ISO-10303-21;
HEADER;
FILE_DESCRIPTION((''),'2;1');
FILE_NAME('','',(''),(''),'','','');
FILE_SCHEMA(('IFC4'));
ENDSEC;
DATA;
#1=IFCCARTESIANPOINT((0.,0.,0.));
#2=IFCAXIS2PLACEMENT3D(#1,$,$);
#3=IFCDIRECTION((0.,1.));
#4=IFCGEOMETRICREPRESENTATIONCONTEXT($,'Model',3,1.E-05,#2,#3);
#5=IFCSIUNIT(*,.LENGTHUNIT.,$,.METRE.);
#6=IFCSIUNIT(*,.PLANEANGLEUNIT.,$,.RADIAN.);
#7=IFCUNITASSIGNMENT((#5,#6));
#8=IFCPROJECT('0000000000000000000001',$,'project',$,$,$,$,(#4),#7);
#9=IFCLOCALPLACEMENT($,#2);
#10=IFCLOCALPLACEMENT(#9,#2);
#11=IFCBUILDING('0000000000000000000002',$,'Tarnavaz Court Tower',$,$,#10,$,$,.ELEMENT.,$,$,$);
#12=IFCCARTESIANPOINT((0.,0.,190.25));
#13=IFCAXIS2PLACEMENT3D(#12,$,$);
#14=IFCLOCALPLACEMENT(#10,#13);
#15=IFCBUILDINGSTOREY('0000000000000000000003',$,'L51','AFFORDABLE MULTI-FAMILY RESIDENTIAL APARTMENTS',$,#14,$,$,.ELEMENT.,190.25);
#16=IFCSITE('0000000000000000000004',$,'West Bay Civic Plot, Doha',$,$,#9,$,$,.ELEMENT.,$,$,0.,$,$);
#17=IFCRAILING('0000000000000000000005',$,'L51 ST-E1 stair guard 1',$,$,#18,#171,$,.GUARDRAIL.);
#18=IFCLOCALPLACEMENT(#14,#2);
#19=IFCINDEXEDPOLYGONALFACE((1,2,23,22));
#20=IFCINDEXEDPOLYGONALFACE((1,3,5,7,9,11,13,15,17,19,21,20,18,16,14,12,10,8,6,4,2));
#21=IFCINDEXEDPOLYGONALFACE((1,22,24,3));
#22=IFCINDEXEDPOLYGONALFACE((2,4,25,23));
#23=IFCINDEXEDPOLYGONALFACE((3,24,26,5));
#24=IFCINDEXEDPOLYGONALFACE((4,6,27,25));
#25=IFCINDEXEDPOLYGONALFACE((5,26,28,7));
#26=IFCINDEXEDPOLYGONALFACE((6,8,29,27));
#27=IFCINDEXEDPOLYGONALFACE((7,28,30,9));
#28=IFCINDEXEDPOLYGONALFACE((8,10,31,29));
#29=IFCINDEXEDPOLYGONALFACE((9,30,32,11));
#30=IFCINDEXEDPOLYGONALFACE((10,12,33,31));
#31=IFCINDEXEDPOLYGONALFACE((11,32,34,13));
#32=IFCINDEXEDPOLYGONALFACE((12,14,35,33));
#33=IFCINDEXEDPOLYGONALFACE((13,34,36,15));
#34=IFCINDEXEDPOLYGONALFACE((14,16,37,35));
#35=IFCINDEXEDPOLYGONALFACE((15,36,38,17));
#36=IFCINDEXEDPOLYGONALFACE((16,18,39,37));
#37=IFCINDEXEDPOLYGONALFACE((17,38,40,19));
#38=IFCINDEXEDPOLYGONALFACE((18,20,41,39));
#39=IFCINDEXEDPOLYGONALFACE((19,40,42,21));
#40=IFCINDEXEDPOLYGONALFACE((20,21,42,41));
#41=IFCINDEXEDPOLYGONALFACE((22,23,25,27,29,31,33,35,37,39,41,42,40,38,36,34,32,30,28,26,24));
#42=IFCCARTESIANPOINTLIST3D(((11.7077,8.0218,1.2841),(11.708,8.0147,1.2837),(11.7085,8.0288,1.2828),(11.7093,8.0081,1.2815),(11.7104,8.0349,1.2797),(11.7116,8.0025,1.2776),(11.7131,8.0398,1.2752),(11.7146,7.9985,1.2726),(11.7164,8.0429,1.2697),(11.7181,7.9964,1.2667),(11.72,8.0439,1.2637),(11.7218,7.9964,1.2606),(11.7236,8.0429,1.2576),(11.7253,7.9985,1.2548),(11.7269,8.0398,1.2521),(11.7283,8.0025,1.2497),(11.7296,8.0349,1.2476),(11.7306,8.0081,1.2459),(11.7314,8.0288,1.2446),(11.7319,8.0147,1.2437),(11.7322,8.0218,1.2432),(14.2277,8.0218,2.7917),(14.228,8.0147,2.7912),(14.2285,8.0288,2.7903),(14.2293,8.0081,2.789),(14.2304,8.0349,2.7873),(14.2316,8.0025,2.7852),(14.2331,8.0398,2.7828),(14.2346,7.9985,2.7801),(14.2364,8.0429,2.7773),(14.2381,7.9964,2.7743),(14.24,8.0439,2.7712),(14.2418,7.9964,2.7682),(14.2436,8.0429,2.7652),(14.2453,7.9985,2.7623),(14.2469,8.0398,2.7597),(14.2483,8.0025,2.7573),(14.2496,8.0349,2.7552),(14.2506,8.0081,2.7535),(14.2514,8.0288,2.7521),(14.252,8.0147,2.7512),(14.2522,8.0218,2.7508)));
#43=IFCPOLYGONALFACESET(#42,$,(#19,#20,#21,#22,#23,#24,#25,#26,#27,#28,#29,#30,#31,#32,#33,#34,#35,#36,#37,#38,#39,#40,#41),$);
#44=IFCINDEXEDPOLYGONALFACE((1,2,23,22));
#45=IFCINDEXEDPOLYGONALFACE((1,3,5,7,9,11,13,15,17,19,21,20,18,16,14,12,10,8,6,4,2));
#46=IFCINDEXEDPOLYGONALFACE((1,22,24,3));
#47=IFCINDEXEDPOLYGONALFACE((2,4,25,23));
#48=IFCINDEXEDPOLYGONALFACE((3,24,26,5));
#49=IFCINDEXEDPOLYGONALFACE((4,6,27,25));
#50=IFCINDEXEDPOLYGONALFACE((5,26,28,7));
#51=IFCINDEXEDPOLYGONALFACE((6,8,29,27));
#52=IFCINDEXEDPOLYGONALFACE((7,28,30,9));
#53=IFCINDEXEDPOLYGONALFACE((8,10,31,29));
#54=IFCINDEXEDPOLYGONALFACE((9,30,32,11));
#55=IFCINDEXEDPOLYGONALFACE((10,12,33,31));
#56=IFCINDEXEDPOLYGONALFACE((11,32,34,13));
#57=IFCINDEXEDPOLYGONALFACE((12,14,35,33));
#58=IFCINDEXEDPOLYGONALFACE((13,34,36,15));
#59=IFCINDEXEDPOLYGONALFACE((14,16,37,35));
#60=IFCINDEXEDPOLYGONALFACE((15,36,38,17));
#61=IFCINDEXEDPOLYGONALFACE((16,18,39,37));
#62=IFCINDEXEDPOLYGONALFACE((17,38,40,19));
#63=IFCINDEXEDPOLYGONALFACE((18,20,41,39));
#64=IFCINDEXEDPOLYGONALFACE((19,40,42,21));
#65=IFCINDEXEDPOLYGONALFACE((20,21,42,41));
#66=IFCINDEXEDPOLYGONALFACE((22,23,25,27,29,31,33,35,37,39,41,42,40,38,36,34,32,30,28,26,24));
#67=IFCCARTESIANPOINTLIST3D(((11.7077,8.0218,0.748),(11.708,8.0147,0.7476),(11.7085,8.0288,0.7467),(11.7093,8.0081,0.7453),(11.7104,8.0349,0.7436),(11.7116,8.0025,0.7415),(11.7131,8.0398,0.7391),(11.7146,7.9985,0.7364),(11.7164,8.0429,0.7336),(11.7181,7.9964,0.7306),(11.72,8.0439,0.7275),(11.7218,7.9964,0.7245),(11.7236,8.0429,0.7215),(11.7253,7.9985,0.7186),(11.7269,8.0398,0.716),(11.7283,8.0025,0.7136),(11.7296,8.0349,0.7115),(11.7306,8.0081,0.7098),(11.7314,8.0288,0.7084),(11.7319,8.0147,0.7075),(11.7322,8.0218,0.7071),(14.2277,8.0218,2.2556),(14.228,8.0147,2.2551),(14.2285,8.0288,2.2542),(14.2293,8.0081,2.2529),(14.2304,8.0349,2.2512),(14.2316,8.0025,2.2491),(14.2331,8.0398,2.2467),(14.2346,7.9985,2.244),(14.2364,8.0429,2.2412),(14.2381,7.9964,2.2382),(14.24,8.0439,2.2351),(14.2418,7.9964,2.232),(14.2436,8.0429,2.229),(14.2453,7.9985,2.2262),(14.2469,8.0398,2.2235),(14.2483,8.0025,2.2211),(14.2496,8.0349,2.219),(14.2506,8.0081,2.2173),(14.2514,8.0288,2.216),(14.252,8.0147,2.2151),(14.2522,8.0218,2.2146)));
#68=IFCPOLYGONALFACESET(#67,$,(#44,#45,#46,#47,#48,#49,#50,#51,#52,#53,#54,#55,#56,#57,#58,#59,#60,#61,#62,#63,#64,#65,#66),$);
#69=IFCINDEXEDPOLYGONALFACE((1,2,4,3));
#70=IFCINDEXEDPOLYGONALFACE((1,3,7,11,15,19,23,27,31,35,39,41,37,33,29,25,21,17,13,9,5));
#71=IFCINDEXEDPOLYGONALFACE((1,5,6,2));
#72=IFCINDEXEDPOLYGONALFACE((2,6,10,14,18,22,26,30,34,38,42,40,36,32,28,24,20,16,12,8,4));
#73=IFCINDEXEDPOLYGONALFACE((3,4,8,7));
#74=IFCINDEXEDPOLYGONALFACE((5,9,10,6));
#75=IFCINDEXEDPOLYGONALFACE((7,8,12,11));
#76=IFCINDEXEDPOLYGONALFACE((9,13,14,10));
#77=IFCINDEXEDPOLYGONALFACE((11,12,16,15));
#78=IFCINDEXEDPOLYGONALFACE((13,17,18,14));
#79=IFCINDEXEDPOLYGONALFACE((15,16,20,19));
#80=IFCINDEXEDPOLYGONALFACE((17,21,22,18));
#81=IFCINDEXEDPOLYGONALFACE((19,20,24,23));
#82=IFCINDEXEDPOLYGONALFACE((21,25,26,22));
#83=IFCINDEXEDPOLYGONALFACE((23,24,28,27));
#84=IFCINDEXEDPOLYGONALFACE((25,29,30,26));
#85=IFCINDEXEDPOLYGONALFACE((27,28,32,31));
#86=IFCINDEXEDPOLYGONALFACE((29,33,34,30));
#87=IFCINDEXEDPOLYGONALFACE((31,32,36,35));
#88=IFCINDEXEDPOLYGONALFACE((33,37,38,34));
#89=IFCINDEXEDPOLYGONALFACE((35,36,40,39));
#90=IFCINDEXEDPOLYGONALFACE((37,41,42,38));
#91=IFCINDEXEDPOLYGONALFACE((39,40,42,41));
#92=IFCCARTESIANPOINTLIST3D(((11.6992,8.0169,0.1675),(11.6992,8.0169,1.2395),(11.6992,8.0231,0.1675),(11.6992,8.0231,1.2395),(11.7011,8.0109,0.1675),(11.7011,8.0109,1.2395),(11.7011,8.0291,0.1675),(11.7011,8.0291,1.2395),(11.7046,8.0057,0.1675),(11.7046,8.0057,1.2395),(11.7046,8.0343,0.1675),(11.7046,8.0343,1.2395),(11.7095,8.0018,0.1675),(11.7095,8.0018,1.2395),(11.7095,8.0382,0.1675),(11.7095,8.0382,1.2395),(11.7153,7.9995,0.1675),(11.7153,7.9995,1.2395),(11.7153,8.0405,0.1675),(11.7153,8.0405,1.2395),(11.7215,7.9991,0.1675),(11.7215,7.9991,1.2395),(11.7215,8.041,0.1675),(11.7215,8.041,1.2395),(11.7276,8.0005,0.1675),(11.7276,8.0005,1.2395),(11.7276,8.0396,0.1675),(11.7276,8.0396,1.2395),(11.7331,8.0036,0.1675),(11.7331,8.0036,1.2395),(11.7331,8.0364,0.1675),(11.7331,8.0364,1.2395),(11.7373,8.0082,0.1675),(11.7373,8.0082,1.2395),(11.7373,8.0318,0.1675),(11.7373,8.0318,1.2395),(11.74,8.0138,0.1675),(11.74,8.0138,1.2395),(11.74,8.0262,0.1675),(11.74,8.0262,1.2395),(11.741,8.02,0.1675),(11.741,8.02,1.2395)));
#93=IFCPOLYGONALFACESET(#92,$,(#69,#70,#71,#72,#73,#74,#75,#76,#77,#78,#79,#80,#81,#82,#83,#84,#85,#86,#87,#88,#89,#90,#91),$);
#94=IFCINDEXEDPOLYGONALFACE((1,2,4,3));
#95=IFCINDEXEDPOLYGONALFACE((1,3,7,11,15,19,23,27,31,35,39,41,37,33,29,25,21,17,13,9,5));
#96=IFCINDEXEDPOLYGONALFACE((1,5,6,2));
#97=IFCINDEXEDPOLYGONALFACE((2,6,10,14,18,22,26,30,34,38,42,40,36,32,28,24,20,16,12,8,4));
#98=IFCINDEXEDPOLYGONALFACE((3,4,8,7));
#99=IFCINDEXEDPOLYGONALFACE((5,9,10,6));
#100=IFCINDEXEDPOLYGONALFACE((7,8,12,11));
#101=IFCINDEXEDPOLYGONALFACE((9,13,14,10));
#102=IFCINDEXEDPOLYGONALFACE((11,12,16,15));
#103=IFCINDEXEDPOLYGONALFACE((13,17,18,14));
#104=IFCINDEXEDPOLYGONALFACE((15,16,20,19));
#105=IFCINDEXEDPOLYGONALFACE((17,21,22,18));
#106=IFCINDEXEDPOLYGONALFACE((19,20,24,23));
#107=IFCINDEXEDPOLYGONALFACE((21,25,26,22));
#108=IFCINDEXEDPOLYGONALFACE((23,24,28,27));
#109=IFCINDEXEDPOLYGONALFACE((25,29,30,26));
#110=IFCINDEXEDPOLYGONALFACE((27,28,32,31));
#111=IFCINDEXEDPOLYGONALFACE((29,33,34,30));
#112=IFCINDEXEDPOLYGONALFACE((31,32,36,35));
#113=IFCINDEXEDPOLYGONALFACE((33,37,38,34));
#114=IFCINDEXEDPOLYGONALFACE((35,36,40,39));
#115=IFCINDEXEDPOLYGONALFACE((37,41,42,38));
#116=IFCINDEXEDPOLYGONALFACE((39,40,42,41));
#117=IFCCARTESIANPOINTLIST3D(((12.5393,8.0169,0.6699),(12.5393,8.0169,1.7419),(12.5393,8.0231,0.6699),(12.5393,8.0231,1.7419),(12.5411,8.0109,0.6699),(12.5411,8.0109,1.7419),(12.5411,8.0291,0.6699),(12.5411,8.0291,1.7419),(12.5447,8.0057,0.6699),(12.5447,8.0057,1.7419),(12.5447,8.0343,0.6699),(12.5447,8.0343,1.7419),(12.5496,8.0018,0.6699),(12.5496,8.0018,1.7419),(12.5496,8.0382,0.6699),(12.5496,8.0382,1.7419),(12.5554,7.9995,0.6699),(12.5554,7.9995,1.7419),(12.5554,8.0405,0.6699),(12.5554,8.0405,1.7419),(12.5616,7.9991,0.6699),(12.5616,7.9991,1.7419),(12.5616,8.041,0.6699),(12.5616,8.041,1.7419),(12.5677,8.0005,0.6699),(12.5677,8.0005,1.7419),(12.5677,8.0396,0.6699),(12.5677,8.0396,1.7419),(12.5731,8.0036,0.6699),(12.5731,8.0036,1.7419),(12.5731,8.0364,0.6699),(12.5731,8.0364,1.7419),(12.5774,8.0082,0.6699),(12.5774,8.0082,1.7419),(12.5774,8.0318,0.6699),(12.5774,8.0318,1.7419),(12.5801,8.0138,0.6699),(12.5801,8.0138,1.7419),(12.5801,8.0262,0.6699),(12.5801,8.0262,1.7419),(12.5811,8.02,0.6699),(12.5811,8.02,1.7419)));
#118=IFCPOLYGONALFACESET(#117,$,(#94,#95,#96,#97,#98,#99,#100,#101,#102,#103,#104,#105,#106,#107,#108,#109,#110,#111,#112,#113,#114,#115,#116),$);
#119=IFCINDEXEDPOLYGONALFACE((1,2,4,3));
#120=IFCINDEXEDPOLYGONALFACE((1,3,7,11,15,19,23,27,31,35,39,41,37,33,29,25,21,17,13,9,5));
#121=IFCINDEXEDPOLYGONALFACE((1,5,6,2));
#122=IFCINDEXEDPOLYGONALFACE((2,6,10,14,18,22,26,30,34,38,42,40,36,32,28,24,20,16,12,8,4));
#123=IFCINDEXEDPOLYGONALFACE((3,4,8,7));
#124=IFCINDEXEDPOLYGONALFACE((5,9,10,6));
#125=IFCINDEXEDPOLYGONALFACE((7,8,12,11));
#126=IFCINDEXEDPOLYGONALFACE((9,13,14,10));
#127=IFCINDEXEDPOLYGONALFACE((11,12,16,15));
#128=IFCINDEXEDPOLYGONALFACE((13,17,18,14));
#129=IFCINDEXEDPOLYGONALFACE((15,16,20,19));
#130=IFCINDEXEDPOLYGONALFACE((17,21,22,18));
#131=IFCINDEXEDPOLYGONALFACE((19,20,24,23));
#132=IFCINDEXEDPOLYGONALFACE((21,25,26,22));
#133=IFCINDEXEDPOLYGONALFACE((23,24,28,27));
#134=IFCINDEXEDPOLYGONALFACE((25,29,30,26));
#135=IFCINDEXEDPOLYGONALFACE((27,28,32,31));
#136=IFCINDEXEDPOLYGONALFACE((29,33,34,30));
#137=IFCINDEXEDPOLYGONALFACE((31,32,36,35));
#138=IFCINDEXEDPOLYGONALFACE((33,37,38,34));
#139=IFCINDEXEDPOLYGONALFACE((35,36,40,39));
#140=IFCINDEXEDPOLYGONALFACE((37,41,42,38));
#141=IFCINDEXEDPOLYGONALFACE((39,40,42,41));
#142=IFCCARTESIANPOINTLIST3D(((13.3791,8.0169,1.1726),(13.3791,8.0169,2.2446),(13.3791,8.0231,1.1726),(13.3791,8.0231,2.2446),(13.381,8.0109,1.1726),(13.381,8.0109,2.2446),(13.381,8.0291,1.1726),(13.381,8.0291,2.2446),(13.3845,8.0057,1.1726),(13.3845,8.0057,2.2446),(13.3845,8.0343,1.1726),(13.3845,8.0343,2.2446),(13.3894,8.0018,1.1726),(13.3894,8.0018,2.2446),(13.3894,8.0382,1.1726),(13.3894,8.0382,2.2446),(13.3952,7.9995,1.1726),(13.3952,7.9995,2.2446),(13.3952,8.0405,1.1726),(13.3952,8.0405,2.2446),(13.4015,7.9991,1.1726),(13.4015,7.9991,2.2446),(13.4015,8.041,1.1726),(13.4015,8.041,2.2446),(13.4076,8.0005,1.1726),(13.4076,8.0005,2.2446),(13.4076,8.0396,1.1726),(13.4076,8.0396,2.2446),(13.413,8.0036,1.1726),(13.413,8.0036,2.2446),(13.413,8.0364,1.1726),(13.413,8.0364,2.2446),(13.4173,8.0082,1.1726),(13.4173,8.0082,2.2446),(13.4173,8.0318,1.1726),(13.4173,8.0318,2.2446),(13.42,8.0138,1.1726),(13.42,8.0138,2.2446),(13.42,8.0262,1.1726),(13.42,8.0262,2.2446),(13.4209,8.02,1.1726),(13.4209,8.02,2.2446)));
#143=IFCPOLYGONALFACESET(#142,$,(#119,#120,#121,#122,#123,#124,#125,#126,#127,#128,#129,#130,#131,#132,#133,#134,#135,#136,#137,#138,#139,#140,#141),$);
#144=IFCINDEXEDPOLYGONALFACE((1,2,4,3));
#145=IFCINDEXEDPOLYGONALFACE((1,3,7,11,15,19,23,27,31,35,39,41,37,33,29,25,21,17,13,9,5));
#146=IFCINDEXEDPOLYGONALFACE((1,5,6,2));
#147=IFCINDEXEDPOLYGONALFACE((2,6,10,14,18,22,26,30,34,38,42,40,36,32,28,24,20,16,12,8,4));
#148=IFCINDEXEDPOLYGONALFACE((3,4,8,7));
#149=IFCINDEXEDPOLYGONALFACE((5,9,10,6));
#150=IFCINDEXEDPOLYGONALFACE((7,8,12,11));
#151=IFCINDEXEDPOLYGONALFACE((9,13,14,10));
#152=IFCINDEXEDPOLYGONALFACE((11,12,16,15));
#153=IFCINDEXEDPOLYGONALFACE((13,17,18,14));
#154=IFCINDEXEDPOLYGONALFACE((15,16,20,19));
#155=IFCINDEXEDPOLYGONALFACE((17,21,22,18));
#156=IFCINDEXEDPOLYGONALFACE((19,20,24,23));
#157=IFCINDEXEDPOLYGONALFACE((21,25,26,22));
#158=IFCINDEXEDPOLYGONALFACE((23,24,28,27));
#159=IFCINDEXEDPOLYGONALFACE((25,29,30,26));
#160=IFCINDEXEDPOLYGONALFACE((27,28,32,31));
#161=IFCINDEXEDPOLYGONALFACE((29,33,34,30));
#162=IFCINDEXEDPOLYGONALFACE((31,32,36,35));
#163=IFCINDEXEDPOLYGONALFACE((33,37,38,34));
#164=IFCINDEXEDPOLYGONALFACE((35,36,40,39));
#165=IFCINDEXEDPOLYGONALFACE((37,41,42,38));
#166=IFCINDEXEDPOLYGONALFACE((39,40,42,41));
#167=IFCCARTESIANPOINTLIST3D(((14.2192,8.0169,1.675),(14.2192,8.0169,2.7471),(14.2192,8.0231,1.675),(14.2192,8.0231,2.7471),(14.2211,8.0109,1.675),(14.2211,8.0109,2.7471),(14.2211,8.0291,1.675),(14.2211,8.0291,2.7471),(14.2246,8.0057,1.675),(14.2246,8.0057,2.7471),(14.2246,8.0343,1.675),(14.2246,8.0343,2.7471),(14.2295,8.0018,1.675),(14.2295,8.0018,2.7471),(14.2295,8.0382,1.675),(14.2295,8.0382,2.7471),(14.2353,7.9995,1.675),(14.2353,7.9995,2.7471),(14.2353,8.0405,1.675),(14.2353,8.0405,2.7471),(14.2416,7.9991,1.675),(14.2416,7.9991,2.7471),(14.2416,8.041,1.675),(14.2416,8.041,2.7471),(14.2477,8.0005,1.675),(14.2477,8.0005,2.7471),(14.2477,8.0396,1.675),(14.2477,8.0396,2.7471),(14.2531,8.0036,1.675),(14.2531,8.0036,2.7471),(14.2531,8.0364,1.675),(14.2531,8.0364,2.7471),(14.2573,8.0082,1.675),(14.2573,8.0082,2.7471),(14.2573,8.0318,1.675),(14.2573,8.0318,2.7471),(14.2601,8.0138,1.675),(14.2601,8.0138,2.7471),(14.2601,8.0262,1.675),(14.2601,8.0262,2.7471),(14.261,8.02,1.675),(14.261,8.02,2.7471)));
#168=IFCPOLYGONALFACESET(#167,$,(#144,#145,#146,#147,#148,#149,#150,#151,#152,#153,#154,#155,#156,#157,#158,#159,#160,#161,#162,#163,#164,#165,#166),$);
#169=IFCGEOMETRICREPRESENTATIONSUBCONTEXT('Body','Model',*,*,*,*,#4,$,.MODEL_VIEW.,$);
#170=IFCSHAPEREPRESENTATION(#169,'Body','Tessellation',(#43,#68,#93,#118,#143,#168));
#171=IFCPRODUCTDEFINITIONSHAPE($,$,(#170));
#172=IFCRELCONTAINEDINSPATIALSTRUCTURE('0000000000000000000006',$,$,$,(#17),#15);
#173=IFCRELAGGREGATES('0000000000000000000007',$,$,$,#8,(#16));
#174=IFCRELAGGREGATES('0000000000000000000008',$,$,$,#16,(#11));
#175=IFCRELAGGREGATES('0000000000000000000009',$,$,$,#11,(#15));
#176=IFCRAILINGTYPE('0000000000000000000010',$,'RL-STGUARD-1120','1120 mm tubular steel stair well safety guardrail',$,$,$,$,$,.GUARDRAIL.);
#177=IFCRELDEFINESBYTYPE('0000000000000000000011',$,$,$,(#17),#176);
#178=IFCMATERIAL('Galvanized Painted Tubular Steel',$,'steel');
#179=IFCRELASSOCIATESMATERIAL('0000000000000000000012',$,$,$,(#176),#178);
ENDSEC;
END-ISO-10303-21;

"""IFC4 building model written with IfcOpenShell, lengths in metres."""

from ifc_helpers import new_model, si_unit, direction, frame, origin, origin_2d, place, context, subcontext, project, spatial, circle, extrude, material, type_object, element, save


model = new_model("IFC4")

# Units and contexts
model_context = context("Model", 3, precision=1e-05, world=origin(), true_north=direction((0.0, 1.0)))
body_context = subcontext(model_context, "Body", "Model", "MODEL_VIEW")
ifc_project = project(units=[si_unit("LENGTHUNIT", "METRE"), si_unit("PLANEANGLEUNIT", "RADIAN")], contexts=[model_context])

# Site, building, storey
site_placement = place(None, origin())
site = spatial("IfcSite", under=ifc_project, at=site_placement, Name="West Bay Civic Plot, Doha", CompositionType="ELEMENT", RefElevation=0.0)
building_placement = place(site_placement, origin())
building = spatial("IfcBuilding", under=site, at=building_placement, Name="Tarnavaz Court Tower", CompositionType="ELEMENT")
storey_placement = place(building_placement, frame((0.0, 0.0, 190.25)))
storey = spatial("IfcBuildingStorey", under=building, at=storey_placement, Name="L51", Description="AFFORDABLE MULTI-FAMILY RESIDENTIAL APARTMENTS", CompositionType="ELEMENT", Elevation=190.25)

# Railing
ifc_material_1 = material(Name="Galvanized Painted Tubular Steel", Category="steel")
railing_type_1 = type_object("IfcRailingType", Name="RL-STGUARD-1120", Description="1120 mm tubular steel stair well safety guardrail", PredefinedType="GUARDRAIL", material=ifc_material_1)
railing_1_placement = place(storey_placement, frame((11.72, 8.02, 0.1675)))
element("IfcRailing", 1, at=railing_1_placement, inside=storey, type_object=railing_type_1, Name="L51 ST-E1 stair guard 1", PredefinedType="GUARDRAIL", context=body_context, shape_type="SweptSolid", body=[
    extrude(circle(Radius=0.0239, at=origin_2d()), frame((0.0, 0.0, 1.0962), z_axis=(0.85816, 0.0, 0.513383), x_axis=(0.0, 1.0, 0.0)), (0.0, 0.0, 1.0), 2.9365),
    extrude(circle(Radius=0.0239, at=origin_2d()), frame((0.0, 0.0, 0.5601), z_axis=(0.85816, 0.0, 0.513383), x_axis=(0.0, 1.0, 0.0)), (0.0, 0.0, 1.0), 2.9365),
    extrude(circle(Radius=0.021, at=origin_2d()), origin(), (0.0, 0.0, 1.0), 1.072),
    extrude(circle(Radius=0.021, at=origin_2d()), frame((0.8401, 0.0, 0.5024)), (0.0, 0.0, 1.0), 1.072),
    extrude(circle(Radius=0.021, at=origin_2d()), frame((1.6799, 0.0, 1.0051)), (0.0, 0.0, 1.0), 1.072),
    extrude(circle(Radius=0.021, at=origin_2d()), frame((2.52, 0.0, 1.5076)), (0.0, 0.0, 1.0), 1.072),
])

save(model, "model.ifc")
